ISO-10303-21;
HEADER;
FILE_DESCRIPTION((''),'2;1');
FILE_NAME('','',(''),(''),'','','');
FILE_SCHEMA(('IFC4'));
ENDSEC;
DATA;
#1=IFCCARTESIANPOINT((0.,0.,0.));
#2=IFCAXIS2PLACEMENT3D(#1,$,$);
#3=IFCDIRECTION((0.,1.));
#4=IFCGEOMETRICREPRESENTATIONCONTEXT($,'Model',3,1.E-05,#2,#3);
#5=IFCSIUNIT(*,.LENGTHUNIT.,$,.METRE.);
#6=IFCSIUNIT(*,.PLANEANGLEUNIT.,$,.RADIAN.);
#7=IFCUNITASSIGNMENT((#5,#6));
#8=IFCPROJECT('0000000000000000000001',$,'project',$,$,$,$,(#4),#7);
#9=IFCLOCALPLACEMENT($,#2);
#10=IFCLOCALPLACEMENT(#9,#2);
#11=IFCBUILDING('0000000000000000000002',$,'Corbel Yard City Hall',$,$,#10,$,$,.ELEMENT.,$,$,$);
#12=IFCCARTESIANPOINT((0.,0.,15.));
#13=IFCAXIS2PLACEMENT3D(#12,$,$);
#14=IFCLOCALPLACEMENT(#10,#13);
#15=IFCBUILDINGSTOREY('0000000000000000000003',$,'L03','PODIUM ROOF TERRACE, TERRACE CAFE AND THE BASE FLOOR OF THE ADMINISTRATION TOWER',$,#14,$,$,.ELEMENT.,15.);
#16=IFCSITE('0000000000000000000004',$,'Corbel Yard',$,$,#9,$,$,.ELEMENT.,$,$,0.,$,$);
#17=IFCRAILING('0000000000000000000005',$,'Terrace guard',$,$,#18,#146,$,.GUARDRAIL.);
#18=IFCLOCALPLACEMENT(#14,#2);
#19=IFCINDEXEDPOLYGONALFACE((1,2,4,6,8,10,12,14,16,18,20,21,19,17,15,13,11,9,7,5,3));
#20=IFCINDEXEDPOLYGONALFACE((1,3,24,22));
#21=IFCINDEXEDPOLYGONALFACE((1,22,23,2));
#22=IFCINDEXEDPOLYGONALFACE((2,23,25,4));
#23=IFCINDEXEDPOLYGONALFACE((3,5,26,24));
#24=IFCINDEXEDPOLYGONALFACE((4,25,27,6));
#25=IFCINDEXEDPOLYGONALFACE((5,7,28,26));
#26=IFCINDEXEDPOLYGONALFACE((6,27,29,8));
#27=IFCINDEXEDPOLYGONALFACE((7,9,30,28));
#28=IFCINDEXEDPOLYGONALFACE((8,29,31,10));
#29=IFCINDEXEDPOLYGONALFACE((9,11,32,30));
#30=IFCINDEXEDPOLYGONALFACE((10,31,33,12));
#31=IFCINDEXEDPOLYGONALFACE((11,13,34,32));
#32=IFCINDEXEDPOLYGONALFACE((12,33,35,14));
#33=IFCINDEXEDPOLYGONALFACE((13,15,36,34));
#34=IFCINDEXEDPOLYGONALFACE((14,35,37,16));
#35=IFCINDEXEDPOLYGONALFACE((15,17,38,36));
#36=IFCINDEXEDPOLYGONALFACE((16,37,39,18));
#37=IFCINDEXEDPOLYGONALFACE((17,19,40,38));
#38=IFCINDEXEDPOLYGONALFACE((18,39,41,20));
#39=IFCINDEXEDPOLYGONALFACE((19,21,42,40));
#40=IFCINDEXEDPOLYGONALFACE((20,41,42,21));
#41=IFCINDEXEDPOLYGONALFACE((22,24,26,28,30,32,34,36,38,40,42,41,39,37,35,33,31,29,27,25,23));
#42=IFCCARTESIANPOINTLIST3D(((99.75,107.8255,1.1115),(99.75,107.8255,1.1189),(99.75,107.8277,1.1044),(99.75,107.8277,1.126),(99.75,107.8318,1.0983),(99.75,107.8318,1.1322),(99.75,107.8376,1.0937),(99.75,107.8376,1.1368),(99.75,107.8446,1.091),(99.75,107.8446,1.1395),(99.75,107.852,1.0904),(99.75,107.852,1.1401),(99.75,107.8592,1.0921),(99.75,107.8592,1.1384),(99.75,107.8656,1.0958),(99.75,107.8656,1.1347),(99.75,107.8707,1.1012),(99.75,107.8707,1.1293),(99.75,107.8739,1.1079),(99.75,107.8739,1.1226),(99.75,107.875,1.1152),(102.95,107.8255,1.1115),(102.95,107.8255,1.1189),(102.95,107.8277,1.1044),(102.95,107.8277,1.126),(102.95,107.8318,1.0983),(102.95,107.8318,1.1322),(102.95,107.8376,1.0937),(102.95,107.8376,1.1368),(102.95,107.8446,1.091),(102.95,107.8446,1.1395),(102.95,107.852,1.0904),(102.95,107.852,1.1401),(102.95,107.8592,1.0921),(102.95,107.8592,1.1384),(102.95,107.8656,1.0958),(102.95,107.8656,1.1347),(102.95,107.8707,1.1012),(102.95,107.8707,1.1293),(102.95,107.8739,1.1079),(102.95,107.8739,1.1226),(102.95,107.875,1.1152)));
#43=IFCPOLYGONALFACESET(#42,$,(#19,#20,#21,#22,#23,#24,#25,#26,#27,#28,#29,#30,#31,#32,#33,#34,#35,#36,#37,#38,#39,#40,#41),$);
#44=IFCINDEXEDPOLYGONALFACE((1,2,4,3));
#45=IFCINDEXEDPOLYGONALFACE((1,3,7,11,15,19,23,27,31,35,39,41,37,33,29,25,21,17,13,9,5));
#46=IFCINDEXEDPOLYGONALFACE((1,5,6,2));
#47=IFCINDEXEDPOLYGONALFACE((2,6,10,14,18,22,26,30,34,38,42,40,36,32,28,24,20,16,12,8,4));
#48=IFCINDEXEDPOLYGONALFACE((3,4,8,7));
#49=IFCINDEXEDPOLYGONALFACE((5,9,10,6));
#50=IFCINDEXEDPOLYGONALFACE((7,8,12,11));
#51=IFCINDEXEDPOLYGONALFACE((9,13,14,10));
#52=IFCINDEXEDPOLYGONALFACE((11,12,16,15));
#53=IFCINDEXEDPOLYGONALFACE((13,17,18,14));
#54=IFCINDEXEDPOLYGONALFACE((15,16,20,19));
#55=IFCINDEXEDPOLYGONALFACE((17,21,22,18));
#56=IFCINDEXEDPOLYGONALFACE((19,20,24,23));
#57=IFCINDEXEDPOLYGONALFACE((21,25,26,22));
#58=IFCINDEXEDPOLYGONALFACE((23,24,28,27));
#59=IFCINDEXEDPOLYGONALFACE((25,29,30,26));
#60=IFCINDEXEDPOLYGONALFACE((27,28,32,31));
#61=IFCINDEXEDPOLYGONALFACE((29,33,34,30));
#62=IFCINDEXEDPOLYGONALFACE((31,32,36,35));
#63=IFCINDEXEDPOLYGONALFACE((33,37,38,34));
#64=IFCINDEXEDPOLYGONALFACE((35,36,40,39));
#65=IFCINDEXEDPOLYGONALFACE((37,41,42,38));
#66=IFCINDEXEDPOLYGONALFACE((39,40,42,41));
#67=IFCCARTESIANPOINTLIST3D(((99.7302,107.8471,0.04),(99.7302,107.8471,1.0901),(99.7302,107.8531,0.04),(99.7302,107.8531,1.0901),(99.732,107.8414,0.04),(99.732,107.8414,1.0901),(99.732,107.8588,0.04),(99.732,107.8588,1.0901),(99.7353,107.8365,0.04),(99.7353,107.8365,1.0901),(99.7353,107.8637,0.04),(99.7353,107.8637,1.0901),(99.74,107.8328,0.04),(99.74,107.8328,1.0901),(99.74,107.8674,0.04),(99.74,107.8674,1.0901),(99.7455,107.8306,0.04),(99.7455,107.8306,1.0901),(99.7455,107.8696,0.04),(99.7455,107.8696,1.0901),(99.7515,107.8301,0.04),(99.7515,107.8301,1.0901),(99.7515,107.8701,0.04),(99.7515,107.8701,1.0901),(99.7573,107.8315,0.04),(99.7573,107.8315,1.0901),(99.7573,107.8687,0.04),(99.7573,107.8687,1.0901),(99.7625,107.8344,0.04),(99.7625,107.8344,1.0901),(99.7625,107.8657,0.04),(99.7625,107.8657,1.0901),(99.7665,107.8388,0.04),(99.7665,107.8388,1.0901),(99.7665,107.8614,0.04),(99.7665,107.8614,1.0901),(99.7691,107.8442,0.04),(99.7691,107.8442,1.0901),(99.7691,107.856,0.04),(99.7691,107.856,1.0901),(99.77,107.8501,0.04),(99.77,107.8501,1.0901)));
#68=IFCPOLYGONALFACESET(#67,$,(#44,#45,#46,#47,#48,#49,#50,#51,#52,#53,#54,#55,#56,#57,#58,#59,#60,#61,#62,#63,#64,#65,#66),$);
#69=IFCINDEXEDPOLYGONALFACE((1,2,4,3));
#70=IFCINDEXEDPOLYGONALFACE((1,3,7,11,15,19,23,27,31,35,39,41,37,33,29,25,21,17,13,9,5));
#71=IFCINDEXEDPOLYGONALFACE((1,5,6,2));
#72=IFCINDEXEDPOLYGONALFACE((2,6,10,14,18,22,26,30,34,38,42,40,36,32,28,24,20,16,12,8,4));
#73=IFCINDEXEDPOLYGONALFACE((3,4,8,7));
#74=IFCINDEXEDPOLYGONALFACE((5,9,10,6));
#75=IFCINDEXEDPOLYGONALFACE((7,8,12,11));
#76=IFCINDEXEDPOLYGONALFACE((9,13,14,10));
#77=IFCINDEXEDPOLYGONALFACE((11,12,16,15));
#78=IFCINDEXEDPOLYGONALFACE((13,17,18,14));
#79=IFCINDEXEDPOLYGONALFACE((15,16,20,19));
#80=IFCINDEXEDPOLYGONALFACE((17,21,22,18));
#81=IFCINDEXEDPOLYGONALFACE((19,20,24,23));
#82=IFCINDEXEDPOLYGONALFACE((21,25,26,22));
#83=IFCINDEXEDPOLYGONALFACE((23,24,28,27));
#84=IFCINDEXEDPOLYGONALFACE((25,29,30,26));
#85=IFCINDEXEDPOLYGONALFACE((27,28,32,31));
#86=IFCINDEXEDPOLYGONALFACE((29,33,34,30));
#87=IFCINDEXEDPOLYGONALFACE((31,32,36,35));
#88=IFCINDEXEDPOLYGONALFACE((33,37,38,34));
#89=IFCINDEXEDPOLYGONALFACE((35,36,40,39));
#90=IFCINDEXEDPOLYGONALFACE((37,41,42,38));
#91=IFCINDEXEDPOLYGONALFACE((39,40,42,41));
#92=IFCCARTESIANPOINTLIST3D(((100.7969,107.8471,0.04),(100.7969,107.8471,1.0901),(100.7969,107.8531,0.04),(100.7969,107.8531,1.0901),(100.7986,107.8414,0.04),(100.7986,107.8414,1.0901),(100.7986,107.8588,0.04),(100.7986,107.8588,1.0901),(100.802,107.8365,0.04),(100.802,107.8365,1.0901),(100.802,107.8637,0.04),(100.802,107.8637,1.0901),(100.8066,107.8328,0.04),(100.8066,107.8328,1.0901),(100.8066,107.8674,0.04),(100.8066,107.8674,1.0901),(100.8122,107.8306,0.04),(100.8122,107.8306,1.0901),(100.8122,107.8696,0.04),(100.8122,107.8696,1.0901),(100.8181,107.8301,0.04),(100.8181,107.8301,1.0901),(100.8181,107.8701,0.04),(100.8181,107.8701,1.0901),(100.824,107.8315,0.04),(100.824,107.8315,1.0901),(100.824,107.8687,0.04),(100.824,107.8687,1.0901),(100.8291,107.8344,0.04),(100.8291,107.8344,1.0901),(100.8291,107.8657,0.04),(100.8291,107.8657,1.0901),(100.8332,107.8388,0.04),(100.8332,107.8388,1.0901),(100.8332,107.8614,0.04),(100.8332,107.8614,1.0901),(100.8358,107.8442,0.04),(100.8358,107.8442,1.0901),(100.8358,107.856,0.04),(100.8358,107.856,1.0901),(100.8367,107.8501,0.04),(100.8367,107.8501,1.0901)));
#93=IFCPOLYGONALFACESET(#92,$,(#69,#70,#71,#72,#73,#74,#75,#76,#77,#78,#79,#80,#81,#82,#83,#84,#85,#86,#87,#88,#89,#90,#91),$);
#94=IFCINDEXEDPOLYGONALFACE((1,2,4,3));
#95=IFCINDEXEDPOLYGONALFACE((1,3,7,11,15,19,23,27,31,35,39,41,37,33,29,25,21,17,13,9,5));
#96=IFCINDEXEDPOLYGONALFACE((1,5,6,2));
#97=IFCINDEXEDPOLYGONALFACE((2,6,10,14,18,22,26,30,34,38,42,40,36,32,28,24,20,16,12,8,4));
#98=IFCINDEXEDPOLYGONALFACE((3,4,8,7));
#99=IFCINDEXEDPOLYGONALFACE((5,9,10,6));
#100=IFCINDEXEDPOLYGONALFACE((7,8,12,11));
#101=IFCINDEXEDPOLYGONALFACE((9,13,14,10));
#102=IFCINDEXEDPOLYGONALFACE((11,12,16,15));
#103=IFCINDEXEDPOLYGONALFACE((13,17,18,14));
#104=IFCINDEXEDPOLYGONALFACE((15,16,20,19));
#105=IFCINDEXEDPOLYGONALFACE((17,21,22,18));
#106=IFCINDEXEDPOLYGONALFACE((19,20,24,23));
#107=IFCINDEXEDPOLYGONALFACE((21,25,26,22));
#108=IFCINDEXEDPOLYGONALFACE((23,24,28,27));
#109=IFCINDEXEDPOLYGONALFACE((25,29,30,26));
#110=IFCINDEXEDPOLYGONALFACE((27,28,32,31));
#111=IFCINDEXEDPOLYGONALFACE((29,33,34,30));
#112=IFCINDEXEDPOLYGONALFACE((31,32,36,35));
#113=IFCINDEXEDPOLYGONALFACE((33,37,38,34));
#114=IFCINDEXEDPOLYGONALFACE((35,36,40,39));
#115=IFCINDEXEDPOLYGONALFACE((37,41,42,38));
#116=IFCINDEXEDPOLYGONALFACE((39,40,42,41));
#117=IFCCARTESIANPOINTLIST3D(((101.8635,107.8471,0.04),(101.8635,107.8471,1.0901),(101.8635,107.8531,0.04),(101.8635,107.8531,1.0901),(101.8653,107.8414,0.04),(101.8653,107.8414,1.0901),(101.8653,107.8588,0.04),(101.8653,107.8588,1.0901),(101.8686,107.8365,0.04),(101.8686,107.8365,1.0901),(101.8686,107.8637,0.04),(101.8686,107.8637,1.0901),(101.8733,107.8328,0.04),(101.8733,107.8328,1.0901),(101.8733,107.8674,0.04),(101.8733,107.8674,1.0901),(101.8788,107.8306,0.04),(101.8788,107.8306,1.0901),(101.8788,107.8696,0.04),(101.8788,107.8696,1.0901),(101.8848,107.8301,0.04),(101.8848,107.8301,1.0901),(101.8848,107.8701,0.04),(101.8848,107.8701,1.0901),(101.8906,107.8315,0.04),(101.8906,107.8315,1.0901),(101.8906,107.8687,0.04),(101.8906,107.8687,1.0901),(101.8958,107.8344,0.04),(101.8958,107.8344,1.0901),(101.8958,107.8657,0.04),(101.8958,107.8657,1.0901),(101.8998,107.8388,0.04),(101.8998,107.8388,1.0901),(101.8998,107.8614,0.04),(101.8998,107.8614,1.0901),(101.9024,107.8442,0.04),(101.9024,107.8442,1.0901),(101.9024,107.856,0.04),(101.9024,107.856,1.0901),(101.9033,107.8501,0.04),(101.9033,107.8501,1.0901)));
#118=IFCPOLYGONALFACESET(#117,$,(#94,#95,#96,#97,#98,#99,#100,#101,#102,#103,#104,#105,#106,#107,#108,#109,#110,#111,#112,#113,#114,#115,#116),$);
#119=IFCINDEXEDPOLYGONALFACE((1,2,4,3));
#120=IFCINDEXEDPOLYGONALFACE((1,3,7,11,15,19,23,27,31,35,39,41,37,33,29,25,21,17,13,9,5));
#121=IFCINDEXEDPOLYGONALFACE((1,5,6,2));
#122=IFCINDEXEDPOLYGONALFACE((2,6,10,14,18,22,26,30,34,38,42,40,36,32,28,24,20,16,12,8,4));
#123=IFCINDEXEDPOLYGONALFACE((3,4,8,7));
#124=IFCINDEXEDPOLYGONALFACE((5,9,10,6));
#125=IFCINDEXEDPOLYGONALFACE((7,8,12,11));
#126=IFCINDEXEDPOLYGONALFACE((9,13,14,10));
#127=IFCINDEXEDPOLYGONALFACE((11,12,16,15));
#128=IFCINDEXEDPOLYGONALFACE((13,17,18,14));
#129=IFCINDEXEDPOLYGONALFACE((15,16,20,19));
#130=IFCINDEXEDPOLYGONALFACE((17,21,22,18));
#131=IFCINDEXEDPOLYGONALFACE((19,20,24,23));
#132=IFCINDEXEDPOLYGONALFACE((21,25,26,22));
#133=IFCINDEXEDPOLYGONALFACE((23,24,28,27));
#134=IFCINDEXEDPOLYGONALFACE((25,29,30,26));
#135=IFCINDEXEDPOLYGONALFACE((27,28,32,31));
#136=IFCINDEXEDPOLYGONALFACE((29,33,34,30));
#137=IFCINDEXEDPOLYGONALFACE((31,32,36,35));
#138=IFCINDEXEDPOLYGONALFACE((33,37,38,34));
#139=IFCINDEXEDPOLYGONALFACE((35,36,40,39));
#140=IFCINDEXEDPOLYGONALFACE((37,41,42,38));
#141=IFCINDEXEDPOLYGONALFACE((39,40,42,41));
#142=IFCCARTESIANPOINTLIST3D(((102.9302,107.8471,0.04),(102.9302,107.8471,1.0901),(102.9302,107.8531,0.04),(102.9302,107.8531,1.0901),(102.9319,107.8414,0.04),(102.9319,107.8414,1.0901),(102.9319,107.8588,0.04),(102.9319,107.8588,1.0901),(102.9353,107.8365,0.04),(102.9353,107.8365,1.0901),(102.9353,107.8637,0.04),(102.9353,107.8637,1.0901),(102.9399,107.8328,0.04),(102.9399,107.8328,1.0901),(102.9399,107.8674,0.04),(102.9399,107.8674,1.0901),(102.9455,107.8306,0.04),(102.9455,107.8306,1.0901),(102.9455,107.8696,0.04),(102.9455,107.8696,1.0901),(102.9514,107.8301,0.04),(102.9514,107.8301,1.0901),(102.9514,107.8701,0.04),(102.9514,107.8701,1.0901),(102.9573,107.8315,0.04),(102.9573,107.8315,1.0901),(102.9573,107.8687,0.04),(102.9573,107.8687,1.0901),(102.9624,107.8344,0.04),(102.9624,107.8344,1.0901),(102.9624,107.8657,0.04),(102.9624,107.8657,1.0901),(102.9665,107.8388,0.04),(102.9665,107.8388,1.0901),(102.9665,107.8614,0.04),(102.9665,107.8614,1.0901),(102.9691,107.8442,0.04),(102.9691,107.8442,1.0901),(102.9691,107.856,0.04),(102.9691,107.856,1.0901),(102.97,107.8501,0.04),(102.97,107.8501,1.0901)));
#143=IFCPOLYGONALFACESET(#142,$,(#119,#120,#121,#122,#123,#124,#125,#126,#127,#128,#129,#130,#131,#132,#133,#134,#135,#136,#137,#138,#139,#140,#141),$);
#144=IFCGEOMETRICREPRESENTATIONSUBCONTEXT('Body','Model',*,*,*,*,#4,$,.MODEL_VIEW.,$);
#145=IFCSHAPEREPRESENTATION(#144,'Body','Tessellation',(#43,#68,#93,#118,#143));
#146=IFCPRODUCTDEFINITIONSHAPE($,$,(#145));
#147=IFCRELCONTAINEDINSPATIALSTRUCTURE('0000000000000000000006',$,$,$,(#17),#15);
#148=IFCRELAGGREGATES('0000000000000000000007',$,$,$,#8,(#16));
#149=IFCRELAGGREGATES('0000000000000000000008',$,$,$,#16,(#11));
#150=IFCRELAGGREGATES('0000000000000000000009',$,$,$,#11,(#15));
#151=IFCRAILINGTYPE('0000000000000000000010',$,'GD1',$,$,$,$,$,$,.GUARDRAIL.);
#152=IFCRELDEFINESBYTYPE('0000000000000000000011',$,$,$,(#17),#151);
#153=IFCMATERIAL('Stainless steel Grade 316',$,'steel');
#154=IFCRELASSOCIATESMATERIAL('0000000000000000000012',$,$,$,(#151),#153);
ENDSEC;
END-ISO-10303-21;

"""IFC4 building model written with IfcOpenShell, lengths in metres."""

from ifc_helpers import new_model, si_unit, direction, frame, origin, origin_2d, place, context, subcontext, project, spatial, circle, extrude, material, type_object, element, save


model = new_model("IFC4")

# Units and contexts
model_context = context("Model", 3, precision=1e-05, world=origin(), true_north=direction((0.0, 1.0)))
body_context = subcontext(model_context, "Body", "Model", "MODEL_VIEW")
ifc_project = project(units=[si_unit("LENGTHUNIT", "METRE"), si_unit("PLANEANGLEUNIT", "RADIAN")], contexts=[model_context])

# Site, building, storey
site_placement = place(None, origin())
site = spatial("IfcSite", under=ifc_project, at=site_placement, Name="Corbel Yard", CompositionType="ELEMENT", RefElevation=0.0)
building_placement = place(site_placement, origin())
building = spatial("IfcBuilding", under=site, at=building_placement, Name="Corbel Yard City Hall", CompositionType="ELEMENT")
storey_placement = place(building_placement, frame((0.0, 0.0, 15.0)))
storey = spatial("IfcBuildingStorey", under=building, at=storey_placement, Name="L03", Description="PODIUM ROOF TERRACE, TERRACE CAFE AND THE BASE FLOOR OF THE ADMINISTRATION TOWER", CompositionType="ELEMENT", Elevation=15.0)

# Shared definitions
ifc_material_1 = material(Name="Stainless steel Grade 316", Category="steel")

# Railing
railing_type = type_object("IfcRailingType", Name="GD1", PredefinedType="GUARDRAIL", material=ifc_material_1)
railing_placement = place(storey_placement, frame((99.75, 107.8501, 0.04)))
element("IfcRailing", 1, at=railing_placement, inside=storey, type_object=railing_type, Name="Terrace guard", PredefinedType="GUARDRAIL", context=body_context, shape_type="SweptSolid", body=[
    extrude(circle(Radius=0.0249, at=origin_2d()), frame((0.0, 0.0, 1.0752), z_axis=(1.0, 0.0, 0.0), x_axis=(0.0, 1.0, 0.0)), (0.0, 0.0, 1.0), 3.2),
    extrude(circle(Radius=0.02, at=origin_2d()), origin(), (0.0, 0.0, 1.0), 1.05),
    extrude(circle(Radius=0.02, at=origin_2d()), frame((1.0667, 0.0, 0.0)), (0.0, 0.0, 1.0), 1.05),
    extrude(circle(Radius=0.02, at=origin_2d()), frame((2.1333, 0.0, 0.0)), (0.0, 0.0, 1.0), 1.05),
    extrude(circle(Radius=0.02, at=origin_2d()), frame((3.2, 0.0, 0.0)), (0.0, 0.0, 1.0), 1.05),
])

save(model, "model.ifc")
